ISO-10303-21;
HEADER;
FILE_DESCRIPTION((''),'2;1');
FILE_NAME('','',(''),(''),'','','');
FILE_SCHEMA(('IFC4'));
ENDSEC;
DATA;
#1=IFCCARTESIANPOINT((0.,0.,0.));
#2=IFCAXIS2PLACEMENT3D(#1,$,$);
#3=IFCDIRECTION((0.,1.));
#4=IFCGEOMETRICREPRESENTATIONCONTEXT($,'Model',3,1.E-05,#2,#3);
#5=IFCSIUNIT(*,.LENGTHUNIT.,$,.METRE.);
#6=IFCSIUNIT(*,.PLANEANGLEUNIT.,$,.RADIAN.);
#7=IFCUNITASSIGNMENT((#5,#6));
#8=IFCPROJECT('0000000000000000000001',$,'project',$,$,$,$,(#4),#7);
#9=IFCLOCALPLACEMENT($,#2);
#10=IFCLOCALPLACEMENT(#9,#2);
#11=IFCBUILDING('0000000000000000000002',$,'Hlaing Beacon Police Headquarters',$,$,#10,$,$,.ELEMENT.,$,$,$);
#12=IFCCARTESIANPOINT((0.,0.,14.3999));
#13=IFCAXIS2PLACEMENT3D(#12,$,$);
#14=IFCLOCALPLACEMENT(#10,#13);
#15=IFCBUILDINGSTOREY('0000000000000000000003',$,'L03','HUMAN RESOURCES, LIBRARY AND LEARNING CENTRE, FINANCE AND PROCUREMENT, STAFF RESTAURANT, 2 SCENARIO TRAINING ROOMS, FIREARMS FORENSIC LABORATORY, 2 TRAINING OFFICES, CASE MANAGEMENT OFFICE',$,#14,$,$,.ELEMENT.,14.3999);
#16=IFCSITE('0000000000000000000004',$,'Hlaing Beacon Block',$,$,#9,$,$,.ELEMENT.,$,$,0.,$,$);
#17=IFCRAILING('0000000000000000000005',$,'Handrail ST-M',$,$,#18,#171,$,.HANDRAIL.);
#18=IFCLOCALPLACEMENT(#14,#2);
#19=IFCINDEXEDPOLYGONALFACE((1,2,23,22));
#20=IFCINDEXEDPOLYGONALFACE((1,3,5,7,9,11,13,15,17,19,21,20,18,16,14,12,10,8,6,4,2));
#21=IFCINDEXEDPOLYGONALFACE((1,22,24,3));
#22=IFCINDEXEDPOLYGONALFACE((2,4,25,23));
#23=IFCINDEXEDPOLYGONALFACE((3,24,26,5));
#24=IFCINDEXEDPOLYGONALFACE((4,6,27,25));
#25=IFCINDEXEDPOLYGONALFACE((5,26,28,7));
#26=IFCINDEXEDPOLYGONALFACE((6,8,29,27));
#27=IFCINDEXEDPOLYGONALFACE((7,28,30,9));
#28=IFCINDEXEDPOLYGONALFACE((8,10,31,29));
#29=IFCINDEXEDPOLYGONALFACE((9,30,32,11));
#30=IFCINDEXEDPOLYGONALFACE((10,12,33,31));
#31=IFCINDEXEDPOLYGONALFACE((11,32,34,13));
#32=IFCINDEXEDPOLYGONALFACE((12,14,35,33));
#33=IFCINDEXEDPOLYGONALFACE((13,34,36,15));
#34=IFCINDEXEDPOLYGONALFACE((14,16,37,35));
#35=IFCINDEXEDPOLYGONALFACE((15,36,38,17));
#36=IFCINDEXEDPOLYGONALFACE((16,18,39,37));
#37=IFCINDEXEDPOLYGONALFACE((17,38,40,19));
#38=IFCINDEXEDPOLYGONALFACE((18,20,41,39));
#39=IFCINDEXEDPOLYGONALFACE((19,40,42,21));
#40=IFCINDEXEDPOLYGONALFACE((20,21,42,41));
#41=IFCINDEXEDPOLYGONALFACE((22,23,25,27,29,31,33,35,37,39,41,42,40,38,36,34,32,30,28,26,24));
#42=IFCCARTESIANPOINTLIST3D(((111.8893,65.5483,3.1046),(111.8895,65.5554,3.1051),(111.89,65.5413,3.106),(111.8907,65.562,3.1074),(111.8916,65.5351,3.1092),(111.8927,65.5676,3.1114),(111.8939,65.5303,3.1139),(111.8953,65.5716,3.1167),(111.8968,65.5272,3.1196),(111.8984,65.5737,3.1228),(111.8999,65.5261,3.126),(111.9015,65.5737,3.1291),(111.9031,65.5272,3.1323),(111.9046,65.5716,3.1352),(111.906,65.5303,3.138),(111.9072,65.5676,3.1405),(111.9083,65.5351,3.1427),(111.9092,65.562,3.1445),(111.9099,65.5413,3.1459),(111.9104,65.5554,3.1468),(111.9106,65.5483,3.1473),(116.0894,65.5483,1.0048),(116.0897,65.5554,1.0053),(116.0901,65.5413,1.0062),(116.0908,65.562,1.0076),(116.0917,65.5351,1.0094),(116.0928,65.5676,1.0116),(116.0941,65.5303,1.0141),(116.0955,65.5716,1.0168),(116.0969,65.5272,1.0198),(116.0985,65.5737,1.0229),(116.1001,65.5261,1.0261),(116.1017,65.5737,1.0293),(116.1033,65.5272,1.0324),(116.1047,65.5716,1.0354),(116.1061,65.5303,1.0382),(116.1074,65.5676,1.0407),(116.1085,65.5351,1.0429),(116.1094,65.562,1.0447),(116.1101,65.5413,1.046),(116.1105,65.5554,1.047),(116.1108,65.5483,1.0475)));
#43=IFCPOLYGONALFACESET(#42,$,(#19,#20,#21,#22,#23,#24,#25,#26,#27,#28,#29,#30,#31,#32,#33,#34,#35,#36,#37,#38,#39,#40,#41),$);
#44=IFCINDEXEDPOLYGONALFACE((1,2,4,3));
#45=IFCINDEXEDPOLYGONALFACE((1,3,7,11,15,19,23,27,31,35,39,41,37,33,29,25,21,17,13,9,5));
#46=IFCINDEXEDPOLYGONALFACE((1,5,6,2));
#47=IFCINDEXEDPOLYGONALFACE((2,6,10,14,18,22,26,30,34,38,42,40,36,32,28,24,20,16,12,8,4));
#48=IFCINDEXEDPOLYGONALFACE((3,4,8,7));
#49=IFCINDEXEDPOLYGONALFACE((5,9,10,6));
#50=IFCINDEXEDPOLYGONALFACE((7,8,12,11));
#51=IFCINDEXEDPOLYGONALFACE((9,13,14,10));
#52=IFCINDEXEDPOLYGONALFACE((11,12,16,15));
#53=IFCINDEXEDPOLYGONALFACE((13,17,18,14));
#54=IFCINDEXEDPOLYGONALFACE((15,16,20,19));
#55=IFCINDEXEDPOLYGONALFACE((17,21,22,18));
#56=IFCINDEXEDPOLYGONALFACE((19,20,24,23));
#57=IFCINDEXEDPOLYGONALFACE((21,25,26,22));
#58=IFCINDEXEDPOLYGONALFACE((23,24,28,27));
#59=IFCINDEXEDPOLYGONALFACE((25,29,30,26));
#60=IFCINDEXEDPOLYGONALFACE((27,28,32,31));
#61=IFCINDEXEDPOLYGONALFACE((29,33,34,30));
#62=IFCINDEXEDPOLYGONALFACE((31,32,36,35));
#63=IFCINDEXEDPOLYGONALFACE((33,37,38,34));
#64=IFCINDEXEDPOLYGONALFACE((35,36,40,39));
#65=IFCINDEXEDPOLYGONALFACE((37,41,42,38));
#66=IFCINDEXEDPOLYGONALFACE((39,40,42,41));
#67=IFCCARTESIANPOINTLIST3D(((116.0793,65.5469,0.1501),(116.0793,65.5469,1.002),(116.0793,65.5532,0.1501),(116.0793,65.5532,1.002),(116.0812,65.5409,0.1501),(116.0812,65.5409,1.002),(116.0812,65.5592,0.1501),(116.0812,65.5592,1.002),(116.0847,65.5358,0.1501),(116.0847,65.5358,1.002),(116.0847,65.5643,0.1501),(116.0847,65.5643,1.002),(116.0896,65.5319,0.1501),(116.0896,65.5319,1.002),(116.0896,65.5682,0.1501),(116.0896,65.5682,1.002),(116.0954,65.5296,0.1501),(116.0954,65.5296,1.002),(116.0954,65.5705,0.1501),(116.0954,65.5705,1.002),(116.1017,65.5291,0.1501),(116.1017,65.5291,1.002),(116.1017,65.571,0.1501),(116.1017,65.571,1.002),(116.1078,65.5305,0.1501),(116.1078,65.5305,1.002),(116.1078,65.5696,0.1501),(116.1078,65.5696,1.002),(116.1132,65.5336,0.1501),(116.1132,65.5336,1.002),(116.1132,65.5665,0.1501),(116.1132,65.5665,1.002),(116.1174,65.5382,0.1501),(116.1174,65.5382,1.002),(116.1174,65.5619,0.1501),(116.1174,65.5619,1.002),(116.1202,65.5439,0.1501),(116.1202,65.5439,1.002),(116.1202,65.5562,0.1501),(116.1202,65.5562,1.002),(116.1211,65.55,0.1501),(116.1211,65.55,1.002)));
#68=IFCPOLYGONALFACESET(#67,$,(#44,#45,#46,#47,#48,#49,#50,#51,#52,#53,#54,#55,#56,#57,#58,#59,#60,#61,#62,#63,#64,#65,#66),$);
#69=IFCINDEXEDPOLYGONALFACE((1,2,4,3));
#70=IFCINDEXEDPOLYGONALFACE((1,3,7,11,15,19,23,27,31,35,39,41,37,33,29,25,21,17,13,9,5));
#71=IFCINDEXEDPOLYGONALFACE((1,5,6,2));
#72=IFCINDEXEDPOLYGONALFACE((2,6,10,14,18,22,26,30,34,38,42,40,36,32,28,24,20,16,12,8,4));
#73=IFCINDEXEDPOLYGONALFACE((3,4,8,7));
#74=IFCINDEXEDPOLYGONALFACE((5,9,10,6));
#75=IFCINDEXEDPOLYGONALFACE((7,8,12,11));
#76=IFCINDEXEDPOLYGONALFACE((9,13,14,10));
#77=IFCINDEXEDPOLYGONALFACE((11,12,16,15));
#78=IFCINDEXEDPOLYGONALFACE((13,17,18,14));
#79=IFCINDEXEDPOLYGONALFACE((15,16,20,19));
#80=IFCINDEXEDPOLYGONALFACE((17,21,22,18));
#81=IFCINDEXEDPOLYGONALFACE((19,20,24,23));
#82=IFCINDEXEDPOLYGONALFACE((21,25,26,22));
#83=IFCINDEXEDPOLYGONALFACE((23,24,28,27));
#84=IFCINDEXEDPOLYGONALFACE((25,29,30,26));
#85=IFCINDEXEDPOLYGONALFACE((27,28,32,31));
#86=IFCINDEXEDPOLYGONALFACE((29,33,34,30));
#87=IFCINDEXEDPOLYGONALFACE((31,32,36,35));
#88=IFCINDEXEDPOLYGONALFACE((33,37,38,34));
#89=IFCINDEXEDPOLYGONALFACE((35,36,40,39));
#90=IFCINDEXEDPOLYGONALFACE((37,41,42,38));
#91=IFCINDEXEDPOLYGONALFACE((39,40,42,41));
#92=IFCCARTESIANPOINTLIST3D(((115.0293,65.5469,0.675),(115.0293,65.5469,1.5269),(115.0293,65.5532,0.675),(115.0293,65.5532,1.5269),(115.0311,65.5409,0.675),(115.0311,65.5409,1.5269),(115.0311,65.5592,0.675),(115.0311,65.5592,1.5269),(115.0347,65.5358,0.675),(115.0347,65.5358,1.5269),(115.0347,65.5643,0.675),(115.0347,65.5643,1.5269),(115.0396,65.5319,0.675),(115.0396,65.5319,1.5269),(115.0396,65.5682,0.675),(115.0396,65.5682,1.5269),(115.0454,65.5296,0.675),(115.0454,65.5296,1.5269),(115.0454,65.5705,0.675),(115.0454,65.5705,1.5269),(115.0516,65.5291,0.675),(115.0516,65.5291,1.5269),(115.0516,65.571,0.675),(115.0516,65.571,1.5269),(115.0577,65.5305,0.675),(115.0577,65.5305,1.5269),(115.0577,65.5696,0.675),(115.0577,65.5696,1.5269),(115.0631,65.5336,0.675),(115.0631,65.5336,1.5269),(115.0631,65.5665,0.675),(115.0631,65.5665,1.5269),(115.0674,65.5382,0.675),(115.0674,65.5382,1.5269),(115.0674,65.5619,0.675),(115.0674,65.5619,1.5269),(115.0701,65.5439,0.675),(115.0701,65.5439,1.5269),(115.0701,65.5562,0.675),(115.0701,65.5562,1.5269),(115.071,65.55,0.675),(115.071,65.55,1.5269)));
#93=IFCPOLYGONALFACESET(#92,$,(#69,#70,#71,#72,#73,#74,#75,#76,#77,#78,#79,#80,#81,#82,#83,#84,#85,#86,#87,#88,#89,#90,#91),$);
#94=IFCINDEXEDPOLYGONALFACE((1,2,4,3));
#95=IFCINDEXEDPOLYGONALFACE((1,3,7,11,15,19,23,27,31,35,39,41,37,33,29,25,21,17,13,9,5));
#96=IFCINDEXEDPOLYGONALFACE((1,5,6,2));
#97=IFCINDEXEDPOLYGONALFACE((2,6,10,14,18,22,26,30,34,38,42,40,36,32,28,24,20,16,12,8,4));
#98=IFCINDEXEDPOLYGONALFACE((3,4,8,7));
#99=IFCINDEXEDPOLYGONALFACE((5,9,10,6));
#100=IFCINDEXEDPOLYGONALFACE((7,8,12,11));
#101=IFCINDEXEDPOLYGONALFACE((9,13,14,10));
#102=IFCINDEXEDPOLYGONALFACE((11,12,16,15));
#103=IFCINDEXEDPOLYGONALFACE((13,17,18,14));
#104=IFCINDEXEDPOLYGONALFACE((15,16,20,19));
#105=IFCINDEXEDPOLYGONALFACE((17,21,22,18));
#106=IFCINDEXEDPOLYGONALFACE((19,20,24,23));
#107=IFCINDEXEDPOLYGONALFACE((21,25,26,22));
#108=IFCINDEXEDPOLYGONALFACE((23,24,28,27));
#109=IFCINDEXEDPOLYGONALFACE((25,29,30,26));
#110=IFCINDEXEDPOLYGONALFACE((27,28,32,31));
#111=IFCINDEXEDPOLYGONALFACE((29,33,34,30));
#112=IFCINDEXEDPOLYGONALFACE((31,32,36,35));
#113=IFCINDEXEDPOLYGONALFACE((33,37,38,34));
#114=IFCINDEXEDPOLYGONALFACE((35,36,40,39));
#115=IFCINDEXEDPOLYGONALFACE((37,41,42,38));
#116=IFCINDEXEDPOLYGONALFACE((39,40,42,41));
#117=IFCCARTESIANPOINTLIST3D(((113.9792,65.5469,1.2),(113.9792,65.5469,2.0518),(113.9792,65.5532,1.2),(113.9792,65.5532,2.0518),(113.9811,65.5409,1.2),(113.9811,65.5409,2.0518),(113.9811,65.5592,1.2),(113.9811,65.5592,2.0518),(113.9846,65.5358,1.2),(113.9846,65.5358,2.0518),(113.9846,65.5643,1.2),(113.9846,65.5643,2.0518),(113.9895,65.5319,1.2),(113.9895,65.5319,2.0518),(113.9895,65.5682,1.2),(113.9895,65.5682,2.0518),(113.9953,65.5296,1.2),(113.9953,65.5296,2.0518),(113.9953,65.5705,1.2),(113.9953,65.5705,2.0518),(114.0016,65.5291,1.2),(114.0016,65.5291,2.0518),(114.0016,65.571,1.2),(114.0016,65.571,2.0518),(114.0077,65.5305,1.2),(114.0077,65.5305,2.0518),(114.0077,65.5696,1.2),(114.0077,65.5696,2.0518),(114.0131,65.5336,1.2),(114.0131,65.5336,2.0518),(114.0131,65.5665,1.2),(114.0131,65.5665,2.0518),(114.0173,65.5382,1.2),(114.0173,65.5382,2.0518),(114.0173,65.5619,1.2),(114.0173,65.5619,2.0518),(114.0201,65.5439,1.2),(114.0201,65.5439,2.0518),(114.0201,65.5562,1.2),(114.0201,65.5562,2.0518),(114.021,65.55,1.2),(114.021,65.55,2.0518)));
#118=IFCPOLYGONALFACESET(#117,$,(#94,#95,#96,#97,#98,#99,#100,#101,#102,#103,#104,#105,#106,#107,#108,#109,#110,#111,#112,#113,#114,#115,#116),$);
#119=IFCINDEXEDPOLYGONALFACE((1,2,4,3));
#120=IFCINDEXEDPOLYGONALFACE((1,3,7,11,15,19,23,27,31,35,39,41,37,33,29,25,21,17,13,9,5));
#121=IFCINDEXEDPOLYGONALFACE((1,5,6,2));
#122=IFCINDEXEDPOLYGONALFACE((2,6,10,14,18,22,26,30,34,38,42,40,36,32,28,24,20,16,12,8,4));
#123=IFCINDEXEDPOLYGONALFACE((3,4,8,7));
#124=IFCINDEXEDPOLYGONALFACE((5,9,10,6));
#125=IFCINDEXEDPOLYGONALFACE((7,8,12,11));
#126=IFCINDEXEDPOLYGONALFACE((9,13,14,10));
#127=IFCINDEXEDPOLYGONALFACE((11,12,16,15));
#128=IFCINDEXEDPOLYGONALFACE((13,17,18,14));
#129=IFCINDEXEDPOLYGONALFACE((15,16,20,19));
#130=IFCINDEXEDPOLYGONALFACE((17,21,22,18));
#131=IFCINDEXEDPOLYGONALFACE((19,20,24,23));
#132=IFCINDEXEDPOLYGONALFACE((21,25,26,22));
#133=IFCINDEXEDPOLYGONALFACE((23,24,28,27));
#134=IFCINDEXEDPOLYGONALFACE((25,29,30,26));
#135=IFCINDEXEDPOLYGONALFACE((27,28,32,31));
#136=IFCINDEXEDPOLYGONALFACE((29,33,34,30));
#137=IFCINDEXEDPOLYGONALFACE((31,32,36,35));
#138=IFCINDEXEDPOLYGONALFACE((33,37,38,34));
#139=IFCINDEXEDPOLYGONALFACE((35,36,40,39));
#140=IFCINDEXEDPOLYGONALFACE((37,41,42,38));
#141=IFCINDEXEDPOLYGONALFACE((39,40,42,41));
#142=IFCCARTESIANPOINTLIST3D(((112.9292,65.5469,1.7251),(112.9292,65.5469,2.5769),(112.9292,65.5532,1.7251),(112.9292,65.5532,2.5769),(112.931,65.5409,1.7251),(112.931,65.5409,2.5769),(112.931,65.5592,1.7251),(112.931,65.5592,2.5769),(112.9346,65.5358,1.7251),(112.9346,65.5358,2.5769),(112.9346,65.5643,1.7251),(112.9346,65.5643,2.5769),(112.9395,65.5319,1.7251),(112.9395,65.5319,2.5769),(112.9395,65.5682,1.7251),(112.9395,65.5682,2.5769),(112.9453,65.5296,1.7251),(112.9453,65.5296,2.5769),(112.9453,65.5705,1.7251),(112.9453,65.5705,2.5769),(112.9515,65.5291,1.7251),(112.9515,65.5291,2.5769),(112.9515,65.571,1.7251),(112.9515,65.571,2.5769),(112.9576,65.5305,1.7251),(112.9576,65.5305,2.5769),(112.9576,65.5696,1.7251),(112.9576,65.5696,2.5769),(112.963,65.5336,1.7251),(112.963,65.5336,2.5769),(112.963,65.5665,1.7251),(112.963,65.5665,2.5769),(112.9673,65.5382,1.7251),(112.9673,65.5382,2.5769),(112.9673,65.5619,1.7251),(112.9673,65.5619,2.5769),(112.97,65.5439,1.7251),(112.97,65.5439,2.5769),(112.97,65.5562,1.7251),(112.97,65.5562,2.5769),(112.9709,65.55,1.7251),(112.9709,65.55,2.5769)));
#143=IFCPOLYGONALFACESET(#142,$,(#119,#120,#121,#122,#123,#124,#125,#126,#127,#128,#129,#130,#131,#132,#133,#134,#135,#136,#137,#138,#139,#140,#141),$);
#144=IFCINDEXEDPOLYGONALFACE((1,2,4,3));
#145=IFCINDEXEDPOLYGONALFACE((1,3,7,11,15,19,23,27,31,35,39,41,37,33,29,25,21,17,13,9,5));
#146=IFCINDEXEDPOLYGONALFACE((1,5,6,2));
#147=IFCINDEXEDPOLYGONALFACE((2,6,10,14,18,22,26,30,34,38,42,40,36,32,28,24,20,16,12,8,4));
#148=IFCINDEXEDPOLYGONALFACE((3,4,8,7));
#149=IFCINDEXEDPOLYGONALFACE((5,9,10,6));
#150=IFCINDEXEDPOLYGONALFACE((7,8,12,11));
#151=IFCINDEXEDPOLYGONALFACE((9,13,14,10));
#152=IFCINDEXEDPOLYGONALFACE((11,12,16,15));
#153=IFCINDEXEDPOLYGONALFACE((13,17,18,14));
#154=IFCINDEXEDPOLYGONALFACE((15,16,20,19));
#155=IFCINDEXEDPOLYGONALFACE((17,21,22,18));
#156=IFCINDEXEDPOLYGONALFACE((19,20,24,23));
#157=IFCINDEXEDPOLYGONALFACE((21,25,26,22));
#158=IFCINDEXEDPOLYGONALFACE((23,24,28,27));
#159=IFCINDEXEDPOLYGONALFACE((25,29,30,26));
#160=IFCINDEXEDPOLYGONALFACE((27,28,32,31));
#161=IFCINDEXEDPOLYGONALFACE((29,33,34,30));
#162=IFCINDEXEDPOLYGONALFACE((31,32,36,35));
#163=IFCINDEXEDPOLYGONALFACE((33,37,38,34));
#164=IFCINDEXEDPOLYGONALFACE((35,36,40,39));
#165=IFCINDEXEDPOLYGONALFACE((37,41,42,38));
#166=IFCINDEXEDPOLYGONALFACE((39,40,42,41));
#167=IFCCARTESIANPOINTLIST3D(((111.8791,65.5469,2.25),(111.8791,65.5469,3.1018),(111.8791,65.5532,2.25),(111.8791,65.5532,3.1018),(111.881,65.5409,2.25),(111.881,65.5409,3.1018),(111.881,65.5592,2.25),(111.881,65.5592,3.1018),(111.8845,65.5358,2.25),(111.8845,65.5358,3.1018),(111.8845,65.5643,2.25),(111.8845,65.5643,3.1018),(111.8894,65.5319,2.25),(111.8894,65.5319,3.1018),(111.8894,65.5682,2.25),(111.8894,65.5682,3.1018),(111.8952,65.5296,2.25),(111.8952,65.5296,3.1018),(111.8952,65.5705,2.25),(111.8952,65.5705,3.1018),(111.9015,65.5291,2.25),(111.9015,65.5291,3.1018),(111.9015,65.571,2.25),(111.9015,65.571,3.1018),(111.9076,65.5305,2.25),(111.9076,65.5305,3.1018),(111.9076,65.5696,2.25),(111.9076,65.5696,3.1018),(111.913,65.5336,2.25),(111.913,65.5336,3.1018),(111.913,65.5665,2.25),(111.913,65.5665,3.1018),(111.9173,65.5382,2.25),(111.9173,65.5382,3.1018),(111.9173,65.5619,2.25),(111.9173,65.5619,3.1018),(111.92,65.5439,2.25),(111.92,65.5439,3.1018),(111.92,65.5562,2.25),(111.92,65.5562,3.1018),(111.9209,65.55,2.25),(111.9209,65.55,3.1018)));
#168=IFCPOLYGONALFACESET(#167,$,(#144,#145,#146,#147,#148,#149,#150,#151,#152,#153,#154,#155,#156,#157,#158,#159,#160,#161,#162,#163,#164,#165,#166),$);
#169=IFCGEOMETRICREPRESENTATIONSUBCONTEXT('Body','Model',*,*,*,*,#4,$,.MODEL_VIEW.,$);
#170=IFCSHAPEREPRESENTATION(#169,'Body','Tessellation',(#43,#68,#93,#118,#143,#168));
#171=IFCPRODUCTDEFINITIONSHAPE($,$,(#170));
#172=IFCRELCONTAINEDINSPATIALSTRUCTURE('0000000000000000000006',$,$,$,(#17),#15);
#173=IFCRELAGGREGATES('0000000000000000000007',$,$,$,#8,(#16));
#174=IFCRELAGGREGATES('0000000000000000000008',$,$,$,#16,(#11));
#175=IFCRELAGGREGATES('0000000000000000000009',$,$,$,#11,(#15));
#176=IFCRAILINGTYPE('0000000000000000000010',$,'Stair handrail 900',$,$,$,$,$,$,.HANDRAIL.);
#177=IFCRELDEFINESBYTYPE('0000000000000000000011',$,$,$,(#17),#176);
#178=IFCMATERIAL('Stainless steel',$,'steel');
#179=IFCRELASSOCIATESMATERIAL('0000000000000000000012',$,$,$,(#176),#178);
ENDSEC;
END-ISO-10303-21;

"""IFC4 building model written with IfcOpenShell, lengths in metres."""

from ifc_helpers import new_model, si_unit, direction, frame, origin, origin_2d, place, context, subcontext, project, spatial, circle, extrude, material, type_object, element, save


model = new_model("IFC4")

# Units and contexts
model_context = context("Model", 3, precision=1e-05, world=origin(), true_north=direction((0.0, 1.0)))
body_context = subcontext(model_context, "Body", "Model", "MODEL_VIEW")
ifc_project = project(units=[si_unit("LENGTHUNIT", "METRE"), si_unit("PLANEANGLEUNIT", "RADIAN")], contexts=[model_context])

# Site, building, storey
site_placement = place(None, origin())
site = spatial("IfcSite", under=ifc_project, at=site_placement, Name="Hlaing Beacon Block", CompositionType="ELEMENT", RefElevation=0.0)
building_placement = place(site_placement, origin())
building = spatial("IfcBuilding", under=site, at=building_placement, Name="Hlaing Beacon Police Headquarters", CompositionType="ELEMENT")
storey_placement = place(building_placement, frame((0.0, 0.0, 14.3999)))
storey = spatial("IfcBuildingStorey", under=building, at=storey_placement, Name="L03", Description="HUMAN RESOURCES, LIBRARY AND LEARNING CENTRE, FINANCE AND PROCUREMENT, STAFF RESTAURANT, 2 SCENARIO TRAINING ROOMS, FIREARMS FORENSIC LABORATORY, 2 TRAINING OFFICES, CASE MANAGEMENT OFFICE", CompositionType="ELEMENT", Elevation=14.3999)

# Railing
ifc_material_1 = material(Name="Stainless steel", Category="steel")
railing_type_1 = type_object("IfcRailingType", Name="Stair handrail 900", PredefinedType="HANDRAIL", material=ifc_material_1)
for number, where, name in (
    (1, (116.1001, 65.55, 0.1501), "Handrail ST-M"),
):
    element("IfcRailing", number, at=place(storey_placement, frame(where)), inside=storey, type_object=railing_type_1, Name=name, PredefinedType="HANDRAIL", context=body_context, shape_type="SweptSolid", body=[
        extrude(circle(Radius=0.0239, at=origin_2d()), frame((0.0, 0.0, 0.876), z_axis=(-0.894448, 0.0, 0.447172), x_axis=(0.0, -1.0, 0.0)), (0.0, 0.0, 1.0), 4.6958),
        extrude(circle(Radius=0.021, at=origin_2d()), origin(), (0.0, 0.0, 1.0), 0.8518),
        extrude(circle(Radius=0.021, at=origin_2d()), frame((-1.05, 0.0, 0.5249)), (0.0, 0.0, 1.0), 0.8518),
        extrude(circle(Radius=0.021, at=origin_2d()), frame((-2.1001, 0.0, 1.0498)), (0.0, 0.0, 1.0), 0.8518),
        extrude(circle(Radius=0.021, at=origin_2d()), frame((-3.1501, 0.0, 1.575)), (0.0, 0.0, 1.0), 0.8518),
        extrude(circle(Radius=0.021, at=origin_2d()), frame((-4.2002, 0.0, 2.0999)), (0.0, 0.0, 1.0), 0.8518),
    ])

save(model, "model.ifc")
